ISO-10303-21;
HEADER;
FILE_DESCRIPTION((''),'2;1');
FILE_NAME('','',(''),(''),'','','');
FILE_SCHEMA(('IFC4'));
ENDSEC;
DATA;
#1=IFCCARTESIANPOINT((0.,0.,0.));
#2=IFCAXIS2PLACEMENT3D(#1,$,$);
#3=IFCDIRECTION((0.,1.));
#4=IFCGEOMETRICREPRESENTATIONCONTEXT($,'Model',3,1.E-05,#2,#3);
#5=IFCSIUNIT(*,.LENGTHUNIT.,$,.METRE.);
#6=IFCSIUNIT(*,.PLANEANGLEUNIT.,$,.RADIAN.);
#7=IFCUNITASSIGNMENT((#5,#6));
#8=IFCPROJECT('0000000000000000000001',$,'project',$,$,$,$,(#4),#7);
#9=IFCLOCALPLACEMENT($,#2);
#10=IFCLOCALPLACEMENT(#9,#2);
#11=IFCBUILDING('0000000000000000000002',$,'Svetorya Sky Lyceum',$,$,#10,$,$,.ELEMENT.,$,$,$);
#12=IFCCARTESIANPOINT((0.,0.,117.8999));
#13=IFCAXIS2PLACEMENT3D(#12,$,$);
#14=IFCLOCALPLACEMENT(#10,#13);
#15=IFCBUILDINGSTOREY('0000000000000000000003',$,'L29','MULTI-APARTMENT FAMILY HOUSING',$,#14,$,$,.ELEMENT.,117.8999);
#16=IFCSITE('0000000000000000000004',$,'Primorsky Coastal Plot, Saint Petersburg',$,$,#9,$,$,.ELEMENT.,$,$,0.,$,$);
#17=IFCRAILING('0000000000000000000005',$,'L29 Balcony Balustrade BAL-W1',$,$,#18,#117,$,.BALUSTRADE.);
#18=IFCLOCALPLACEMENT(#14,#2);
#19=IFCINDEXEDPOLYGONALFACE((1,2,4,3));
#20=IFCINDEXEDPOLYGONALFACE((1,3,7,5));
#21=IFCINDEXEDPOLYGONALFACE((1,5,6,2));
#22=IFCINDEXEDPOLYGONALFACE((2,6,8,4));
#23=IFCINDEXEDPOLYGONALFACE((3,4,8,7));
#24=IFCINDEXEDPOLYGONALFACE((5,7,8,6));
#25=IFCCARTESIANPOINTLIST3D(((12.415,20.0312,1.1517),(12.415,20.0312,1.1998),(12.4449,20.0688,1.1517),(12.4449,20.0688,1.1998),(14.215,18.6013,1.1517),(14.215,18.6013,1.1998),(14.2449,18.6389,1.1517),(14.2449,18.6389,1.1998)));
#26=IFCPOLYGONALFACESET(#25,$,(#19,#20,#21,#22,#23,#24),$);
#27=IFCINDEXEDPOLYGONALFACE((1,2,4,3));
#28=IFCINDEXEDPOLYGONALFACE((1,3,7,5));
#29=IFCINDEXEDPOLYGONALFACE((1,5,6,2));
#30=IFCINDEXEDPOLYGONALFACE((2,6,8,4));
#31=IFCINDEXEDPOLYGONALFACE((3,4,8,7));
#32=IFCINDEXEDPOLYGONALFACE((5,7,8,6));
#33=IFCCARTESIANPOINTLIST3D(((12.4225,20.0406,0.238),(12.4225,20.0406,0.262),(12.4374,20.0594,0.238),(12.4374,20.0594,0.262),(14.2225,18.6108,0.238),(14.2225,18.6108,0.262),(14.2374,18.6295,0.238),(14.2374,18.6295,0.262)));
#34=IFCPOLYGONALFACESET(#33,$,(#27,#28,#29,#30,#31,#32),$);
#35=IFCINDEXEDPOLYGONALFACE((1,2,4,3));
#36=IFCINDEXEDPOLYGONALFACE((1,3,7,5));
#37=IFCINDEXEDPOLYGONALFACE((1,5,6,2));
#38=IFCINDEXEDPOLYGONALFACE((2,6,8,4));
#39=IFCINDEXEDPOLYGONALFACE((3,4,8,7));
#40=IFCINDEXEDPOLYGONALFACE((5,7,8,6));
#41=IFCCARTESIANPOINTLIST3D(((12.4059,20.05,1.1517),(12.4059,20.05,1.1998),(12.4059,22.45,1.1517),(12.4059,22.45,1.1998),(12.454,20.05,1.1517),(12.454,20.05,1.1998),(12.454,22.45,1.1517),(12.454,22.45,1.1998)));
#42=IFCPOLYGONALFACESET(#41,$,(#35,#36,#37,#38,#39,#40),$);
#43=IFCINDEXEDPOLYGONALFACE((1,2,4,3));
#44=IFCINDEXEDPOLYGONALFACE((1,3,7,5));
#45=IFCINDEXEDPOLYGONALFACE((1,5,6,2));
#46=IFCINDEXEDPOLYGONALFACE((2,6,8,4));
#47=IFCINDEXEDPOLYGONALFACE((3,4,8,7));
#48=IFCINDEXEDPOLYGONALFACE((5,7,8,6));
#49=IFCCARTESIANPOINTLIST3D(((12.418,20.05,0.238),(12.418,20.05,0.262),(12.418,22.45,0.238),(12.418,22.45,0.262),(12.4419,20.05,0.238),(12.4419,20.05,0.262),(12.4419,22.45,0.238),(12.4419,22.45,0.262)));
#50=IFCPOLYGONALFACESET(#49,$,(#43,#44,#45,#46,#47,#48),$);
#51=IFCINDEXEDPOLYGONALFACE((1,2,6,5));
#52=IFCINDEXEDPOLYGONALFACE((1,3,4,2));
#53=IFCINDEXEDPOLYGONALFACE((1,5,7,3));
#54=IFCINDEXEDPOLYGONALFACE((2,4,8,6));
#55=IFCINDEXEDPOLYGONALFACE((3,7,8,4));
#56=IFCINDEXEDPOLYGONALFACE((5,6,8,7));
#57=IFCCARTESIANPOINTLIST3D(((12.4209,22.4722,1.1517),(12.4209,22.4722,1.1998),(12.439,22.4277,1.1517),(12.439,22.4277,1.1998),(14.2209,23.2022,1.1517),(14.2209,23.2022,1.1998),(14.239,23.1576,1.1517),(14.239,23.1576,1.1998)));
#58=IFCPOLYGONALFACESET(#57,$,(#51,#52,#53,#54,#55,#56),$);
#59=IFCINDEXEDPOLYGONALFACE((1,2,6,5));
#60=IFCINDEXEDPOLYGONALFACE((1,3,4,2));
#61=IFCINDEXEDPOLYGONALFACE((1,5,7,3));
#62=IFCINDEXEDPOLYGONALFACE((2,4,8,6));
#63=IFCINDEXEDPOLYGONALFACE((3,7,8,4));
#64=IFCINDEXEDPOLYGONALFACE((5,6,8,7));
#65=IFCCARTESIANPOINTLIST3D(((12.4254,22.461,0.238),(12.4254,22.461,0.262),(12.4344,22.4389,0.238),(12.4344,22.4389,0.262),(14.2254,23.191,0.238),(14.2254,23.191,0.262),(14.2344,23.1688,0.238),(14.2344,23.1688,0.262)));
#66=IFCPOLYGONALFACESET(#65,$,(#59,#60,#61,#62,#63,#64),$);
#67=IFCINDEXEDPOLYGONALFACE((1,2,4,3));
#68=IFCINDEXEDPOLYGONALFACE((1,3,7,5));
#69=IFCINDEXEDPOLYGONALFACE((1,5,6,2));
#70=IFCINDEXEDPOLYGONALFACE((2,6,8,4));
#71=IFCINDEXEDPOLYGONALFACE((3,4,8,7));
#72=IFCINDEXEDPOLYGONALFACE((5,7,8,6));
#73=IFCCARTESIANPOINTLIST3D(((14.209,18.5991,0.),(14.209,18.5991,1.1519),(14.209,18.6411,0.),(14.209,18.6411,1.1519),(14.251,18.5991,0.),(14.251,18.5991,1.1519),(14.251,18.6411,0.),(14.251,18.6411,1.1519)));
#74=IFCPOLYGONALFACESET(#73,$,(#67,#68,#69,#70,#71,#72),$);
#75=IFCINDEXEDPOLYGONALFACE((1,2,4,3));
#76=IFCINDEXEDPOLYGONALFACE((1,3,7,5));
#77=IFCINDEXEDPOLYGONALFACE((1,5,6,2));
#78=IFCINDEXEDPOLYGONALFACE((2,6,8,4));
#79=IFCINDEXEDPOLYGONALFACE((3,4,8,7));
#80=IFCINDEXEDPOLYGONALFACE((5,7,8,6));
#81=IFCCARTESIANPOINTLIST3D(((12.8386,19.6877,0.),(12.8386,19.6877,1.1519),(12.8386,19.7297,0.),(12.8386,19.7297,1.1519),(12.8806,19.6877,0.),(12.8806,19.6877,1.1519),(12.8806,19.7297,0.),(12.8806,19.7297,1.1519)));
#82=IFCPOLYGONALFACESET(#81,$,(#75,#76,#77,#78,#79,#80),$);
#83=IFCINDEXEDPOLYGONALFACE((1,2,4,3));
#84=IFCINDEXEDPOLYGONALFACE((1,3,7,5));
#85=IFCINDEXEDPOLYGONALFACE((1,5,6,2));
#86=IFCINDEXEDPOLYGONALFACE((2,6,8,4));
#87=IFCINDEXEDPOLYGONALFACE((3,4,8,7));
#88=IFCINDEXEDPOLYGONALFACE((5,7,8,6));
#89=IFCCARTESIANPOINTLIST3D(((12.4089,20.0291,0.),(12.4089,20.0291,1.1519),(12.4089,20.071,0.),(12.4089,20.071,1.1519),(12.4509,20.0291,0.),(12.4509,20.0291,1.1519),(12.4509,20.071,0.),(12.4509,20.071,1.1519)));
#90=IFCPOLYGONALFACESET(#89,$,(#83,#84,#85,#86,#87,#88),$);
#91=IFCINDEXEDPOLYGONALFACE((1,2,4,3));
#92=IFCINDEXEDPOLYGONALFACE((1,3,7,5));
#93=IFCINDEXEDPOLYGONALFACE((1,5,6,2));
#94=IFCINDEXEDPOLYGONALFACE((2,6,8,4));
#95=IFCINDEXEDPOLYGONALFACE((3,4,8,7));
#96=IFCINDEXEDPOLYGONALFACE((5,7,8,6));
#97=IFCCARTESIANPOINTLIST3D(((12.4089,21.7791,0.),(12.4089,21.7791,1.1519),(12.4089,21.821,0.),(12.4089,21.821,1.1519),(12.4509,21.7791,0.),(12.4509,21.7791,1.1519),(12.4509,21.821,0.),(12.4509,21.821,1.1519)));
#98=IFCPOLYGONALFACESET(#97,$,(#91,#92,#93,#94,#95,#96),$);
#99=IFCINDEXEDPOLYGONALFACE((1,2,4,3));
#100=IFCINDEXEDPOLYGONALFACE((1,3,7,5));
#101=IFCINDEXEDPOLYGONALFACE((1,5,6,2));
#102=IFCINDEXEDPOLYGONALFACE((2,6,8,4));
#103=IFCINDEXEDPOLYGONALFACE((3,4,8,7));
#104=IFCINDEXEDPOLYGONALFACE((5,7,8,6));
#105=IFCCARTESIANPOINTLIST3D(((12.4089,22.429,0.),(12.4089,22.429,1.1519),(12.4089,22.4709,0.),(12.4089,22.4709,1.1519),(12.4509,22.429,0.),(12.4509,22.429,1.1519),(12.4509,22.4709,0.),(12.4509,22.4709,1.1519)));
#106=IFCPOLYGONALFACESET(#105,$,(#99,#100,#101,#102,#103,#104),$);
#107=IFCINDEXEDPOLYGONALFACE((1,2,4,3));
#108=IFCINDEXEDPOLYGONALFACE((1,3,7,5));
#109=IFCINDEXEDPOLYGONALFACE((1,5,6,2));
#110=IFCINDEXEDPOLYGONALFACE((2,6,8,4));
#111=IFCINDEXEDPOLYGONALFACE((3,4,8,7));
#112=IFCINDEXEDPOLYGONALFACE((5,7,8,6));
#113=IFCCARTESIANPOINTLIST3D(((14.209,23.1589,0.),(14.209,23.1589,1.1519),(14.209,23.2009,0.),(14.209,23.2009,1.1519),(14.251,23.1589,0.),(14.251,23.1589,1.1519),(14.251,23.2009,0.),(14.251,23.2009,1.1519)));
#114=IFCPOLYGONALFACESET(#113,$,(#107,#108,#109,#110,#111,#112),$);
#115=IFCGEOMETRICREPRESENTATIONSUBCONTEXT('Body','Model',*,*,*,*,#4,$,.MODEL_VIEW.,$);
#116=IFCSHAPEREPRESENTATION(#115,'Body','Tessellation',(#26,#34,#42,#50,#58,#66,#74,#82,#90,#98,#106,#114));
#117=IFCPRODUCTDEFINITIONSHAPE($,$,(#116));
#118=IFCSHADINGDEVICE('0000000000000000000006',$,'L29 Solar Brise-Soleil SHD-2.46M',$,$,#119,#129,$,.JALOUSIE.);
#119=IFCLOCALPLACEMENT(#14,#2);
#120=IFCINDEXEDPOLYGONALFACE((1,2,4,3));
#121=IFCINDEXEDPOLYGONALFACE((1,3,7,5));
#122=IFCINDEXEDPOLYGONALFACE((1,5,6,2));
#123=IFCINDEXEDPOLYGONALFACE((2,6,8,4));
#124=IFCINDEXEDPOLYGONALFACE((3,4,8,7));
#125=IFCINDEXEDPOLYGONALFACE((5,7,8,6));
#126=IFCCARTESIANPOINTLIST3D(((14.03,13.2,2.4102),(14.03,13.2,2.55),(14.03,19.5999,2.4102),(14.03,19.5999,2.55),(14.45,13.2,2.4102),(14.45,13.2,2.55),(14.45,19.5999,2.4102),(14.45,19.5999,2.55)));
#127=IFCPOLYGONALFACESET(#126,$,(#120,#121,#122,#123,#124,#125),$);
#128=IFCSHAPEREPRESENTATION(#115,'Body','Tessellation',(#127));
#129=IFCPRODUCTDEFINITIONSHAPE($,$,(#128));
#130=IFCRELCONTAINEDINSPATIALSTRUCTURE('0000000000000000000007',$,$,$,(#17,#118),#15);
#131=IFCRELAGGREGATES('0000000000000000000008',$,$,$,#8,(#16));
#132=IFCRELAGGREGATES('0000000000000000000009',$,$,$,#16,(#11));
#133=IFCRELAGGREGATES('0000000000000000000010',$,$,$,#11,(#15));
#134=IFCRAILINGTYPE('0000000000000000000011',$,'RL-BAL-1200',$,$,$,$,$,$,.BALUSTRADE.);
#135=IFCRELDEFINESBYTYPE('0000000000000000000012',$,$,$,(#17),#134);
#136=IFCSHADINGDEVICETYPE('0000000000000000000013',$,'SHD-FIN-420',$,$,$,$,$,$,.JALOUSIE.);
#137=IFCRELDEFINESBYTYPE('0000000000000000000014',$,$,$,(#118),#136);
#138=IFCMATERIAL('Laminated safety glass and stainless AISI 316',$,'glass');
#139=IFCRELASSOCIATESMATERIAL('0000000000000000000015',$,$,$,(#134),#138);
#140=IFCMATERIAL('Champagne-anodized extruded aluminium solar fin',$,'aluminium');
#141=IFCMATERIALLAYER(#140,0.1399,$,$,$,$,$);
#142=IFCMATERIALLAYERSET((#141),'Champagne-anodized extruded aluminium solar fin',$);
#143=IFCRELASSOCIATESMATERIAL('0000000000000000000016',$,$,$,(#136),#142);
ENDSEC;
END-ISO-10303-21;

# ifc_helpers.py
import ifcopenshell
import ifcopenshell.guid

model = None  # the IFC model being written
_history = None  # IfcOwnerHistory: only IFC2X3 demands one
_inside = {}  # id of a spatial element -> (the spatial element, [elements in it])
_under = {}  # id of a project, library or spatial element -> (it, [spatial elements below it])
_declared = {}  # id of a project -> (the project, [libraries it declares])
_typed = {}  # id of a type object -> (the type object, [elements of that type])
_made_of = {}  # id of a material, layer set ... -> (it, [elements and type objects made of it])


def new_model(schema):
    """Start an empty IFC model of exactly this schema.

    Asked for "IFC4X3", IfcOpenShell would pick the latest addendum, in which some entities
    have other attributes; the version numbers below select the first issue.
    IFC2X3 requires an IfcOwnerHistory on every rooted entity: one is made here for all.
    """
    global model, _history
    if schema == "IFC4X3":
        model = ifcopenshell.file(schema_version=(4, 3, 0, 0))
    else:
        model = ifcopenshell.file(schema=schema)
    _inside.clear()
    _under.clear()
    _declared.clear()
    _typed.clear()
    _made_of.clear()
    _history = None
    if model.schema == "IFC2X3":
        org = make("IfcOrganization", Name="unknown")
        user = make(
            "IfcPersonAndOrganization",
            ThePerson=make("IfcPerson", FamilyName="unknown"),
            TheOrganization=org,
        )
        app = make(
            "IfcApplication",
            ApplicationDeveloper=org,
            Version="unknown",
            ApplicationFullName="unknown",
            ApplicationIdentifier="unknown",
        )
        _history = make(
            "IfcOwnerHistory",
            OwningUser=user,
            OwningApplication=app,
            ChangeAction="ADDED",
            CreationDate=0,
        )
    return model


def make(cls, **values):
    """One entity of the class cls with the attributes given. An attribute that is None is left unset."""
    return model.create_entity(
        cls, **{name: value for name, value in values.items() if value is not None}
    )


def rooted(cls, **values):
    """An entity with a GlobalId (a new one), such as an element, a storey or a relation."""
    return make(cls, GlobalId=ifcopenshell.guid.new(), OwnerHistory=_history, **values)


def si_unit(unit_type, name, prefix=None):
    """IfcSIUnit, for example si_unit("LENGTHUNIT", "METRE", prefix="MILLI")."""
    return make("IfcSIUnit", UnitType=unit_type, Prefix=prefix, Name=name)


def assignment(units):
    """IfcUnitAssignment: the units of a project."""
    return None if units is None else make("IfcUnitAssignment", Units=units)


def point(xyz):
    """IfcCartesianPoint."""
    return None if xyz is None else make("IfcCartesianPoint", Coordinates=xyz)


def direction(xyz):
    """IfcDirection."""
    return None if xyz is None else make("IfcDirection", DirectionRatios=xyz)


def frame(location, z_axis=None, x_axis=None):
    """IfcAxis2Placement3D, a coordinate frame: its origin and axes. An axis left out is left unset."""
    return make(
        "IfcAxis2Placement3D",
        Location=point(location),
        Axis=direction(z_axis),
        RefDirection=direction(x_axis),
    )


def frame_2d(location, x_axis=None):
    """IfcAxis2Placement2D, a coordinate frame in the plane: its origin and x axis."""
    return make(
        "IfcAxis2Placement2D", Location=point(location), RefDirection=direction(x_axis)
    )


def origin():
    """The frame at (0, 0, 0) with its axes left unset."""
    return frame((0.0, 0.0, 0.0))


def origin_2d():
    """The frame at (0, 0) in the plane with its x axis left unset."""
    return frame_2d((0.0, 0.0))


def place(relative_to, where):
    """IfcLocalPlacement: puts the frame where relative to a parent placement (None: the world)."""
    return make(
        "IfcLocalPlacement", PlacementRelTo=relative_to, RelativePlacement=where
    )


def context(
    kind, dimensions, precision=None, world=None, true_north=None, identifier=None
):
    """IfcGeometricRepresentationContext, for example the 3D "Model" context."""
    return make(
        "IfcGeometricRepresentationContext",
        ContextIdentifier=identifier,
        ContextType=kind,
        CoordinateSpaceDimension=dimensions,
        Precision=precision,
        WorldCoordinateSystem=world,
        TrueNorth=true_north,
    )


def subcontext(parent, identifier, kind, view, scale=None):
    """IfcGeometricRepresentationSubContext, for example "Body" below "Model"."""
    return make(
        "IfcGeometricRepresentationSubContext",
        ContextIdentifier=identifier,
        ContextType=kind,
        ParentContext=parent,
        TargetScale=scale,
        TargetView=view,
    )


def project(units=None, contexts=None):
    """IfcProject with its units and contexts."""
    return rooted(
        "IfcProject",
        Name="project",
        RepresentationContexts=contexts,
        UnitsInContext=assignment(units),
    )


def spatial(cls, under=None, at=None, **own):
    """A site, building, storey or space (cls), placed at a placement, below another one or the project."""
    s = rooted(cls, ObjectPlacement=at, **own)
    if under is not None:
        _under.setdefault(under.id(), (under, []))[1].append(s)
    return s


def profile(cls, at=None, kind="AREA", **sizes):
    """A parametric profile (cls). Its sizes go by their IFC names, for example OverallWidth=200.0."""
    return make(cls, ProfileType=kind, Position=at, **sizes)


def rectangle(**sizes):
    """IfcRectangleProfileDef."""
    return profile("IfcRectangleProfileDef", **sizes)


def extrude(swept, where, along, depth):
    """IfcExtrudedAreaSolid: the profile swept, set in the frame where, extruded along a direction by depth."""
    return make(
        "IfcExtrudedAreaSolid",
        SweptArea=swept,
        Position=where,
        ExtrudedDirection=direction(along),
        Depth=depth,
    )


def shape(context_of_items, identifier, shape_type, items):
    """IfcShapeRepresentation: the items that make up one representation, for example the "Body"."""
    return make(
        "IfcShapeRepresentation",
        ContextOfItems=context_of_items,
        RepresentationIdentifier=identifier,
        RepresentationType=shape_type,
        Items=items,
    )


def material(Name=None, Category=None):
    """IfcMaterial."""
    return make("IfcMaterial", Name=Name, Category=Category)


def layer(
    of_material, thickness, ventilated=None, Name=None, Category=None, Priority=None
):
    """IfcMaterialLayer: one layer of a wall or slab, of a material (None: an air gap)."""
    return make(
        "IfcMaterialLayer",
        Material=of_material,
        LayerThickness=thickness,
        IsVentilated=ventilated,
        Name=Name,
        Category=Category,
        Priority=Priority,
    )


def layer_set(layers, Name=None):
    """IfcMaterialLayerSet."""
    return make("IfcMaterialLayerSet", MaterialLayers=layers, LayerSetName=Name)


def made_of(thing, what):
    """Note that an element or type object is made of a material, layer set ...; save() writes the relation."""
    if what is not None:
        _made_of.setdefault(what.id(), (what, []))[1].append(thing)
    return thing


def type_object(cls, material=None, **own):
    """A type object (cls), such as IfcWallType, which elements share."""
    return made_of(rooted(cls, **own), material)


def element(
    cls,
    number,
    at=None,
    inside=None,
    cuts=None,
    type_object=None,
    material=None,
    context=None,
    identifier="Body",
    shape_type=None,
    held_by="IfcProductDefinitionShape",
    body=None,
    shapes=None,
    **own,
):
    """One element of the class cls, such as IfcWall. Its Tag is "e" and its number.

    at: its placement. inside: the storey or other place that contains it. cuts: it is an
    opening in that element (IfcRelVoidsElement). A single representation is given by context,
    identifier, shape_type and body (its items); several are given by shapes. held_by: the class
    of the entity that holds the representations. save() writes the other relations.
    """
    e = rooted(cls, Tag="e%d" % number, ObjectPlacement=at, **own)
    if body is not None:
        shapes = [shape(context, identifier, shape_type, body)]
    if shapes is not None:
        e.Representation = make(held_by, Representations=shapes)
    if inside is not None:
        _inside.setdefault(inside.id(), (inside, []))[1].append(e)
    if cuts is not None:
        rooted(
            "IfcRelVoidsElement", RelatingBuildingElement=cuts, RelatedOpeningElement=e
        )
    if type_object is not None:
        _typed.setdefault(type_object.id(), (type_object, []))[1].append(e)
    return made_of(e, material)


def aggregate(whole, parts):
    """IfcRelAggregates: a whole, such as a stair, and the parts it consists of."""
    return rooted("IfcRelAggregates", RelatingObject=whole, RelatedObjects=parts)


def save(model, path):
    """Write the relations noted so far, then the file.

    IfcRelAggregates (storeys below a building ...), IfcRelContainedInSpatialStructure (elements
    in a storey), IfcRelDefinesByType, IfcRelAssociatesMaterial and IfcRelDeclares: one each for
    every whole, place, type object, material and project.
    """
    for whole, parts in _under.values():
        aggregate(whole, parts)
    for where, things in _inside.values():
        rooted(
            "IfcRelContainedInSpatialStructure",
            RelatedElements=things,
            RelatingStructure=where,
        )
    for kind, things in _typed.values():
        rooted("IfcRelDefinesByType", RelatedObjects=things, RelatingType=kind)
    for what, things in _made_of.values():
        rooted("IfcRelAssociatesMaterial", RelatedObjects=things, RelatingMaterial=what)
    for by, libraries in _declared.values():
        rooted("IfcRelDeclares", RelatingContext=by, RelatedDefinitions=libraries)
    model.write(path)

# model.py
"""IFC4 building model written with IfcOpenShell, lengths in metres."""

from ifc_helpers import new_model, si_unit, direction, frame, origin, origin_2d, place, context, subcontext, project, spatial, rectangle, extrude, material, layer, layer_set, type_object, element, save


model = new_model("IFC4")

# Units and contexts
model_context = context("Model", 3, precision=1e-05, world=origin(), true_north=direction((0.0, 1.0)))
body_context = subcontext(model_context, "Body", "Model", "MODEL_VIEW")
ifc_project = project(units=[si_unit("LENGTHUNIT", "METRE"), si_unit("PLANEANGLEUNIT", "RADIAN")], contexts=[model_context])

# Site, building, storey
site_placement = place(None, origin())
site = spatial("IfcSite", under=ifc_project, at=site_placement, Name="Primorsky Coastal Plot, Saint Petersburg", CompositionType="ELEMENT", RefElevation=0.0)
building_placement = place(site_placement, origin())
building = spatial("IfcBuilding", under=site, at=building_placement, Name="Svetorya Sky Lyceum", CompositionType="ELEMENT")
storey_placement = place(building_placement, frame((0.0, 0.0, 117.8999)))
storey = spatial("IfcBuildingStorey", under=building, at=storey_placement, Name="L29", Description="MULTI-APARTMENT FAMILY HOUSING", CompositionType="ELEMENT", Elevation=117.8999)

# Railing
ifc_material_1 = material(Name="Laminated safety glass and stainless AISI 316", Category="glass")
railing_type = type_object("IfcRailingType", Name="RL-BAL-1200", PredefinedType="BALUSTRADE", material=ifc_material_1)
railing_placement = place(storey_placement, frame((14.23, 18.6201, 0.0)))
element("IfcRailing", 1, at=railing_placement, inside=storey, type_object=railing_type, Name="L29 Balcony Balustrade BAL-W1", PredefinedType="BALUSTRADE", context=body_context, shape_type="SweptSolid", body=[
    extrude(rectangle(XDim=0.0481, YDim=0.0481, at=origin_2d()), frame((0.0, 0.0, 1.1758), z_axis=(-0.783009, 0.62201, 0.0), x_axis=(-0.62201, -0.783009, 0.0)), (0.0, 0.0, 1.0), 2.2988),
    extrude(rectangle(XDim=0.0239, YDim=0.0239, at=origin_2d()), frame((0.0, 0.0, 0.25), z_axis=(-0.783009, 0.62201, 0.0), x_axis=(-0.62201, -0.783009, 0.0)), (0.0, 0.0, 1.0), 2.2988),
    extrude(rectangle(XDim=0.0481, YDim=0.0481, at=origin_2d()), frame((-1.8, 1.4299, 1.1758), z_axis=(0.0, 1.0, 0.0), x_axis=(-1.0, 0.0, 0.0)), (0.0, 0.0, 1.0), 2.3999),
    extrude(rectangle(XDim=0.0239, YDim=0.0239, at=origin_2d()), frame((-1.8, 1.4299, 0.25), z_axis=(0.0, 1.0, 0.0), x_axis=(-1.0, 0.0, 0.0)), (0.0, 0.0, 1.0), 2.3999),
    extrude(rectangle(XDim=0.0481, YDim=0.0481, at=origin_2d()), frame((-1.8, 3.8298, 1.1758), z_axis=(0.926698, 0.375807, 0.0), x_axis=(-0.375807, 0.926698, 0.0)), (0.0, 0.0, 1.0), 1.9424),
    extrude(rectangle(XDim=0.0239, YDim=0.0239, at=origin_2d()), frame((-1.8, 3.8298, 0.25), z_axis=(0.926698, 0.375807, 0.0), x_axis=(-0.375807, 0.926698, 0.0)), (0.0, 0.0, 1.0), 1.9424),
    extrude(rectangle(XDim=0.042, YDim=0.042, at=origin_2d()), origin(), (0.0, 0.0, 1.0), 1.1519),
    extrude(rectangle(XDim=0.042, YDim=0.042, at=origin_2d()), frame((-1.3704, 1.0886, 0.0)), (0.0, 0.0, 1.0), 1.1519),
    extrude(rectangle(XDim=0.042, YDim=0.042, at=origin_2d()), frame((-1.8, 1.4299, 0.0)), (0.0, 0.0, 1.0), 1.1519),
    extrude(rectangle(XDim=0.042, YDim=0.042, at=origin_2d()), frame((-1.8, 3.1799, 0.0)), (0.0, 0.0, 1.0), 1.1519),
    extrude(rectangle(XDim=0.042, YDim=0.042, at=origin_2d()), frame((-1.8, 3.8298, 0.0)), (0.0, 0.0, 1.0), 1.1519),
    extrude(rectangle(XDim=0.042, YDim=0.042, at=origin_2d()), frame((0.0, 4.5598, 0.0)), (0.0, 0.0, 1.0), 1.1519),
])

# Shading device
ifc_material_2 = material(Name="Champagne-anodized extruded aluminium solar fin", Category="aluminium")
ifc_layer_1 = layer(ifc_material_2, 0.1399)
ifc_layer_set_1 = layer_set([ifc_layer_1], Name="Champagne-anodized extruded aluminium solar fin")
shading_device_type = type_object("IfcShadingDeviceType", Name="SHD-FIN-420", PredefinedType="JALOUSIE", material=ifc_layer_set_1)
shading_device_placement = place(storey_placement, frame((14.24, 16.3999, 2.4102), z_axis=(0.0, 0.0, 1.0), x_axis=(1.0, 0.0, 0.0)))
element("IfcShadingDevice", 2, at=shading_device_placement, inside=storey, type_object=shading_device_type, Name="L29 Solar Brise-Soleil SHD-2.46M", PredefinedType="JALOUSIE", context=body_context, shape_type="SweptSolid", body=[
    extrude(rectangle(XDim=0.4199, YDim=6.3999, at=origin_2d()), origin(), (0.0, 0.0, 1.0), 0.1399),
])

save(model, "model.ifc")
